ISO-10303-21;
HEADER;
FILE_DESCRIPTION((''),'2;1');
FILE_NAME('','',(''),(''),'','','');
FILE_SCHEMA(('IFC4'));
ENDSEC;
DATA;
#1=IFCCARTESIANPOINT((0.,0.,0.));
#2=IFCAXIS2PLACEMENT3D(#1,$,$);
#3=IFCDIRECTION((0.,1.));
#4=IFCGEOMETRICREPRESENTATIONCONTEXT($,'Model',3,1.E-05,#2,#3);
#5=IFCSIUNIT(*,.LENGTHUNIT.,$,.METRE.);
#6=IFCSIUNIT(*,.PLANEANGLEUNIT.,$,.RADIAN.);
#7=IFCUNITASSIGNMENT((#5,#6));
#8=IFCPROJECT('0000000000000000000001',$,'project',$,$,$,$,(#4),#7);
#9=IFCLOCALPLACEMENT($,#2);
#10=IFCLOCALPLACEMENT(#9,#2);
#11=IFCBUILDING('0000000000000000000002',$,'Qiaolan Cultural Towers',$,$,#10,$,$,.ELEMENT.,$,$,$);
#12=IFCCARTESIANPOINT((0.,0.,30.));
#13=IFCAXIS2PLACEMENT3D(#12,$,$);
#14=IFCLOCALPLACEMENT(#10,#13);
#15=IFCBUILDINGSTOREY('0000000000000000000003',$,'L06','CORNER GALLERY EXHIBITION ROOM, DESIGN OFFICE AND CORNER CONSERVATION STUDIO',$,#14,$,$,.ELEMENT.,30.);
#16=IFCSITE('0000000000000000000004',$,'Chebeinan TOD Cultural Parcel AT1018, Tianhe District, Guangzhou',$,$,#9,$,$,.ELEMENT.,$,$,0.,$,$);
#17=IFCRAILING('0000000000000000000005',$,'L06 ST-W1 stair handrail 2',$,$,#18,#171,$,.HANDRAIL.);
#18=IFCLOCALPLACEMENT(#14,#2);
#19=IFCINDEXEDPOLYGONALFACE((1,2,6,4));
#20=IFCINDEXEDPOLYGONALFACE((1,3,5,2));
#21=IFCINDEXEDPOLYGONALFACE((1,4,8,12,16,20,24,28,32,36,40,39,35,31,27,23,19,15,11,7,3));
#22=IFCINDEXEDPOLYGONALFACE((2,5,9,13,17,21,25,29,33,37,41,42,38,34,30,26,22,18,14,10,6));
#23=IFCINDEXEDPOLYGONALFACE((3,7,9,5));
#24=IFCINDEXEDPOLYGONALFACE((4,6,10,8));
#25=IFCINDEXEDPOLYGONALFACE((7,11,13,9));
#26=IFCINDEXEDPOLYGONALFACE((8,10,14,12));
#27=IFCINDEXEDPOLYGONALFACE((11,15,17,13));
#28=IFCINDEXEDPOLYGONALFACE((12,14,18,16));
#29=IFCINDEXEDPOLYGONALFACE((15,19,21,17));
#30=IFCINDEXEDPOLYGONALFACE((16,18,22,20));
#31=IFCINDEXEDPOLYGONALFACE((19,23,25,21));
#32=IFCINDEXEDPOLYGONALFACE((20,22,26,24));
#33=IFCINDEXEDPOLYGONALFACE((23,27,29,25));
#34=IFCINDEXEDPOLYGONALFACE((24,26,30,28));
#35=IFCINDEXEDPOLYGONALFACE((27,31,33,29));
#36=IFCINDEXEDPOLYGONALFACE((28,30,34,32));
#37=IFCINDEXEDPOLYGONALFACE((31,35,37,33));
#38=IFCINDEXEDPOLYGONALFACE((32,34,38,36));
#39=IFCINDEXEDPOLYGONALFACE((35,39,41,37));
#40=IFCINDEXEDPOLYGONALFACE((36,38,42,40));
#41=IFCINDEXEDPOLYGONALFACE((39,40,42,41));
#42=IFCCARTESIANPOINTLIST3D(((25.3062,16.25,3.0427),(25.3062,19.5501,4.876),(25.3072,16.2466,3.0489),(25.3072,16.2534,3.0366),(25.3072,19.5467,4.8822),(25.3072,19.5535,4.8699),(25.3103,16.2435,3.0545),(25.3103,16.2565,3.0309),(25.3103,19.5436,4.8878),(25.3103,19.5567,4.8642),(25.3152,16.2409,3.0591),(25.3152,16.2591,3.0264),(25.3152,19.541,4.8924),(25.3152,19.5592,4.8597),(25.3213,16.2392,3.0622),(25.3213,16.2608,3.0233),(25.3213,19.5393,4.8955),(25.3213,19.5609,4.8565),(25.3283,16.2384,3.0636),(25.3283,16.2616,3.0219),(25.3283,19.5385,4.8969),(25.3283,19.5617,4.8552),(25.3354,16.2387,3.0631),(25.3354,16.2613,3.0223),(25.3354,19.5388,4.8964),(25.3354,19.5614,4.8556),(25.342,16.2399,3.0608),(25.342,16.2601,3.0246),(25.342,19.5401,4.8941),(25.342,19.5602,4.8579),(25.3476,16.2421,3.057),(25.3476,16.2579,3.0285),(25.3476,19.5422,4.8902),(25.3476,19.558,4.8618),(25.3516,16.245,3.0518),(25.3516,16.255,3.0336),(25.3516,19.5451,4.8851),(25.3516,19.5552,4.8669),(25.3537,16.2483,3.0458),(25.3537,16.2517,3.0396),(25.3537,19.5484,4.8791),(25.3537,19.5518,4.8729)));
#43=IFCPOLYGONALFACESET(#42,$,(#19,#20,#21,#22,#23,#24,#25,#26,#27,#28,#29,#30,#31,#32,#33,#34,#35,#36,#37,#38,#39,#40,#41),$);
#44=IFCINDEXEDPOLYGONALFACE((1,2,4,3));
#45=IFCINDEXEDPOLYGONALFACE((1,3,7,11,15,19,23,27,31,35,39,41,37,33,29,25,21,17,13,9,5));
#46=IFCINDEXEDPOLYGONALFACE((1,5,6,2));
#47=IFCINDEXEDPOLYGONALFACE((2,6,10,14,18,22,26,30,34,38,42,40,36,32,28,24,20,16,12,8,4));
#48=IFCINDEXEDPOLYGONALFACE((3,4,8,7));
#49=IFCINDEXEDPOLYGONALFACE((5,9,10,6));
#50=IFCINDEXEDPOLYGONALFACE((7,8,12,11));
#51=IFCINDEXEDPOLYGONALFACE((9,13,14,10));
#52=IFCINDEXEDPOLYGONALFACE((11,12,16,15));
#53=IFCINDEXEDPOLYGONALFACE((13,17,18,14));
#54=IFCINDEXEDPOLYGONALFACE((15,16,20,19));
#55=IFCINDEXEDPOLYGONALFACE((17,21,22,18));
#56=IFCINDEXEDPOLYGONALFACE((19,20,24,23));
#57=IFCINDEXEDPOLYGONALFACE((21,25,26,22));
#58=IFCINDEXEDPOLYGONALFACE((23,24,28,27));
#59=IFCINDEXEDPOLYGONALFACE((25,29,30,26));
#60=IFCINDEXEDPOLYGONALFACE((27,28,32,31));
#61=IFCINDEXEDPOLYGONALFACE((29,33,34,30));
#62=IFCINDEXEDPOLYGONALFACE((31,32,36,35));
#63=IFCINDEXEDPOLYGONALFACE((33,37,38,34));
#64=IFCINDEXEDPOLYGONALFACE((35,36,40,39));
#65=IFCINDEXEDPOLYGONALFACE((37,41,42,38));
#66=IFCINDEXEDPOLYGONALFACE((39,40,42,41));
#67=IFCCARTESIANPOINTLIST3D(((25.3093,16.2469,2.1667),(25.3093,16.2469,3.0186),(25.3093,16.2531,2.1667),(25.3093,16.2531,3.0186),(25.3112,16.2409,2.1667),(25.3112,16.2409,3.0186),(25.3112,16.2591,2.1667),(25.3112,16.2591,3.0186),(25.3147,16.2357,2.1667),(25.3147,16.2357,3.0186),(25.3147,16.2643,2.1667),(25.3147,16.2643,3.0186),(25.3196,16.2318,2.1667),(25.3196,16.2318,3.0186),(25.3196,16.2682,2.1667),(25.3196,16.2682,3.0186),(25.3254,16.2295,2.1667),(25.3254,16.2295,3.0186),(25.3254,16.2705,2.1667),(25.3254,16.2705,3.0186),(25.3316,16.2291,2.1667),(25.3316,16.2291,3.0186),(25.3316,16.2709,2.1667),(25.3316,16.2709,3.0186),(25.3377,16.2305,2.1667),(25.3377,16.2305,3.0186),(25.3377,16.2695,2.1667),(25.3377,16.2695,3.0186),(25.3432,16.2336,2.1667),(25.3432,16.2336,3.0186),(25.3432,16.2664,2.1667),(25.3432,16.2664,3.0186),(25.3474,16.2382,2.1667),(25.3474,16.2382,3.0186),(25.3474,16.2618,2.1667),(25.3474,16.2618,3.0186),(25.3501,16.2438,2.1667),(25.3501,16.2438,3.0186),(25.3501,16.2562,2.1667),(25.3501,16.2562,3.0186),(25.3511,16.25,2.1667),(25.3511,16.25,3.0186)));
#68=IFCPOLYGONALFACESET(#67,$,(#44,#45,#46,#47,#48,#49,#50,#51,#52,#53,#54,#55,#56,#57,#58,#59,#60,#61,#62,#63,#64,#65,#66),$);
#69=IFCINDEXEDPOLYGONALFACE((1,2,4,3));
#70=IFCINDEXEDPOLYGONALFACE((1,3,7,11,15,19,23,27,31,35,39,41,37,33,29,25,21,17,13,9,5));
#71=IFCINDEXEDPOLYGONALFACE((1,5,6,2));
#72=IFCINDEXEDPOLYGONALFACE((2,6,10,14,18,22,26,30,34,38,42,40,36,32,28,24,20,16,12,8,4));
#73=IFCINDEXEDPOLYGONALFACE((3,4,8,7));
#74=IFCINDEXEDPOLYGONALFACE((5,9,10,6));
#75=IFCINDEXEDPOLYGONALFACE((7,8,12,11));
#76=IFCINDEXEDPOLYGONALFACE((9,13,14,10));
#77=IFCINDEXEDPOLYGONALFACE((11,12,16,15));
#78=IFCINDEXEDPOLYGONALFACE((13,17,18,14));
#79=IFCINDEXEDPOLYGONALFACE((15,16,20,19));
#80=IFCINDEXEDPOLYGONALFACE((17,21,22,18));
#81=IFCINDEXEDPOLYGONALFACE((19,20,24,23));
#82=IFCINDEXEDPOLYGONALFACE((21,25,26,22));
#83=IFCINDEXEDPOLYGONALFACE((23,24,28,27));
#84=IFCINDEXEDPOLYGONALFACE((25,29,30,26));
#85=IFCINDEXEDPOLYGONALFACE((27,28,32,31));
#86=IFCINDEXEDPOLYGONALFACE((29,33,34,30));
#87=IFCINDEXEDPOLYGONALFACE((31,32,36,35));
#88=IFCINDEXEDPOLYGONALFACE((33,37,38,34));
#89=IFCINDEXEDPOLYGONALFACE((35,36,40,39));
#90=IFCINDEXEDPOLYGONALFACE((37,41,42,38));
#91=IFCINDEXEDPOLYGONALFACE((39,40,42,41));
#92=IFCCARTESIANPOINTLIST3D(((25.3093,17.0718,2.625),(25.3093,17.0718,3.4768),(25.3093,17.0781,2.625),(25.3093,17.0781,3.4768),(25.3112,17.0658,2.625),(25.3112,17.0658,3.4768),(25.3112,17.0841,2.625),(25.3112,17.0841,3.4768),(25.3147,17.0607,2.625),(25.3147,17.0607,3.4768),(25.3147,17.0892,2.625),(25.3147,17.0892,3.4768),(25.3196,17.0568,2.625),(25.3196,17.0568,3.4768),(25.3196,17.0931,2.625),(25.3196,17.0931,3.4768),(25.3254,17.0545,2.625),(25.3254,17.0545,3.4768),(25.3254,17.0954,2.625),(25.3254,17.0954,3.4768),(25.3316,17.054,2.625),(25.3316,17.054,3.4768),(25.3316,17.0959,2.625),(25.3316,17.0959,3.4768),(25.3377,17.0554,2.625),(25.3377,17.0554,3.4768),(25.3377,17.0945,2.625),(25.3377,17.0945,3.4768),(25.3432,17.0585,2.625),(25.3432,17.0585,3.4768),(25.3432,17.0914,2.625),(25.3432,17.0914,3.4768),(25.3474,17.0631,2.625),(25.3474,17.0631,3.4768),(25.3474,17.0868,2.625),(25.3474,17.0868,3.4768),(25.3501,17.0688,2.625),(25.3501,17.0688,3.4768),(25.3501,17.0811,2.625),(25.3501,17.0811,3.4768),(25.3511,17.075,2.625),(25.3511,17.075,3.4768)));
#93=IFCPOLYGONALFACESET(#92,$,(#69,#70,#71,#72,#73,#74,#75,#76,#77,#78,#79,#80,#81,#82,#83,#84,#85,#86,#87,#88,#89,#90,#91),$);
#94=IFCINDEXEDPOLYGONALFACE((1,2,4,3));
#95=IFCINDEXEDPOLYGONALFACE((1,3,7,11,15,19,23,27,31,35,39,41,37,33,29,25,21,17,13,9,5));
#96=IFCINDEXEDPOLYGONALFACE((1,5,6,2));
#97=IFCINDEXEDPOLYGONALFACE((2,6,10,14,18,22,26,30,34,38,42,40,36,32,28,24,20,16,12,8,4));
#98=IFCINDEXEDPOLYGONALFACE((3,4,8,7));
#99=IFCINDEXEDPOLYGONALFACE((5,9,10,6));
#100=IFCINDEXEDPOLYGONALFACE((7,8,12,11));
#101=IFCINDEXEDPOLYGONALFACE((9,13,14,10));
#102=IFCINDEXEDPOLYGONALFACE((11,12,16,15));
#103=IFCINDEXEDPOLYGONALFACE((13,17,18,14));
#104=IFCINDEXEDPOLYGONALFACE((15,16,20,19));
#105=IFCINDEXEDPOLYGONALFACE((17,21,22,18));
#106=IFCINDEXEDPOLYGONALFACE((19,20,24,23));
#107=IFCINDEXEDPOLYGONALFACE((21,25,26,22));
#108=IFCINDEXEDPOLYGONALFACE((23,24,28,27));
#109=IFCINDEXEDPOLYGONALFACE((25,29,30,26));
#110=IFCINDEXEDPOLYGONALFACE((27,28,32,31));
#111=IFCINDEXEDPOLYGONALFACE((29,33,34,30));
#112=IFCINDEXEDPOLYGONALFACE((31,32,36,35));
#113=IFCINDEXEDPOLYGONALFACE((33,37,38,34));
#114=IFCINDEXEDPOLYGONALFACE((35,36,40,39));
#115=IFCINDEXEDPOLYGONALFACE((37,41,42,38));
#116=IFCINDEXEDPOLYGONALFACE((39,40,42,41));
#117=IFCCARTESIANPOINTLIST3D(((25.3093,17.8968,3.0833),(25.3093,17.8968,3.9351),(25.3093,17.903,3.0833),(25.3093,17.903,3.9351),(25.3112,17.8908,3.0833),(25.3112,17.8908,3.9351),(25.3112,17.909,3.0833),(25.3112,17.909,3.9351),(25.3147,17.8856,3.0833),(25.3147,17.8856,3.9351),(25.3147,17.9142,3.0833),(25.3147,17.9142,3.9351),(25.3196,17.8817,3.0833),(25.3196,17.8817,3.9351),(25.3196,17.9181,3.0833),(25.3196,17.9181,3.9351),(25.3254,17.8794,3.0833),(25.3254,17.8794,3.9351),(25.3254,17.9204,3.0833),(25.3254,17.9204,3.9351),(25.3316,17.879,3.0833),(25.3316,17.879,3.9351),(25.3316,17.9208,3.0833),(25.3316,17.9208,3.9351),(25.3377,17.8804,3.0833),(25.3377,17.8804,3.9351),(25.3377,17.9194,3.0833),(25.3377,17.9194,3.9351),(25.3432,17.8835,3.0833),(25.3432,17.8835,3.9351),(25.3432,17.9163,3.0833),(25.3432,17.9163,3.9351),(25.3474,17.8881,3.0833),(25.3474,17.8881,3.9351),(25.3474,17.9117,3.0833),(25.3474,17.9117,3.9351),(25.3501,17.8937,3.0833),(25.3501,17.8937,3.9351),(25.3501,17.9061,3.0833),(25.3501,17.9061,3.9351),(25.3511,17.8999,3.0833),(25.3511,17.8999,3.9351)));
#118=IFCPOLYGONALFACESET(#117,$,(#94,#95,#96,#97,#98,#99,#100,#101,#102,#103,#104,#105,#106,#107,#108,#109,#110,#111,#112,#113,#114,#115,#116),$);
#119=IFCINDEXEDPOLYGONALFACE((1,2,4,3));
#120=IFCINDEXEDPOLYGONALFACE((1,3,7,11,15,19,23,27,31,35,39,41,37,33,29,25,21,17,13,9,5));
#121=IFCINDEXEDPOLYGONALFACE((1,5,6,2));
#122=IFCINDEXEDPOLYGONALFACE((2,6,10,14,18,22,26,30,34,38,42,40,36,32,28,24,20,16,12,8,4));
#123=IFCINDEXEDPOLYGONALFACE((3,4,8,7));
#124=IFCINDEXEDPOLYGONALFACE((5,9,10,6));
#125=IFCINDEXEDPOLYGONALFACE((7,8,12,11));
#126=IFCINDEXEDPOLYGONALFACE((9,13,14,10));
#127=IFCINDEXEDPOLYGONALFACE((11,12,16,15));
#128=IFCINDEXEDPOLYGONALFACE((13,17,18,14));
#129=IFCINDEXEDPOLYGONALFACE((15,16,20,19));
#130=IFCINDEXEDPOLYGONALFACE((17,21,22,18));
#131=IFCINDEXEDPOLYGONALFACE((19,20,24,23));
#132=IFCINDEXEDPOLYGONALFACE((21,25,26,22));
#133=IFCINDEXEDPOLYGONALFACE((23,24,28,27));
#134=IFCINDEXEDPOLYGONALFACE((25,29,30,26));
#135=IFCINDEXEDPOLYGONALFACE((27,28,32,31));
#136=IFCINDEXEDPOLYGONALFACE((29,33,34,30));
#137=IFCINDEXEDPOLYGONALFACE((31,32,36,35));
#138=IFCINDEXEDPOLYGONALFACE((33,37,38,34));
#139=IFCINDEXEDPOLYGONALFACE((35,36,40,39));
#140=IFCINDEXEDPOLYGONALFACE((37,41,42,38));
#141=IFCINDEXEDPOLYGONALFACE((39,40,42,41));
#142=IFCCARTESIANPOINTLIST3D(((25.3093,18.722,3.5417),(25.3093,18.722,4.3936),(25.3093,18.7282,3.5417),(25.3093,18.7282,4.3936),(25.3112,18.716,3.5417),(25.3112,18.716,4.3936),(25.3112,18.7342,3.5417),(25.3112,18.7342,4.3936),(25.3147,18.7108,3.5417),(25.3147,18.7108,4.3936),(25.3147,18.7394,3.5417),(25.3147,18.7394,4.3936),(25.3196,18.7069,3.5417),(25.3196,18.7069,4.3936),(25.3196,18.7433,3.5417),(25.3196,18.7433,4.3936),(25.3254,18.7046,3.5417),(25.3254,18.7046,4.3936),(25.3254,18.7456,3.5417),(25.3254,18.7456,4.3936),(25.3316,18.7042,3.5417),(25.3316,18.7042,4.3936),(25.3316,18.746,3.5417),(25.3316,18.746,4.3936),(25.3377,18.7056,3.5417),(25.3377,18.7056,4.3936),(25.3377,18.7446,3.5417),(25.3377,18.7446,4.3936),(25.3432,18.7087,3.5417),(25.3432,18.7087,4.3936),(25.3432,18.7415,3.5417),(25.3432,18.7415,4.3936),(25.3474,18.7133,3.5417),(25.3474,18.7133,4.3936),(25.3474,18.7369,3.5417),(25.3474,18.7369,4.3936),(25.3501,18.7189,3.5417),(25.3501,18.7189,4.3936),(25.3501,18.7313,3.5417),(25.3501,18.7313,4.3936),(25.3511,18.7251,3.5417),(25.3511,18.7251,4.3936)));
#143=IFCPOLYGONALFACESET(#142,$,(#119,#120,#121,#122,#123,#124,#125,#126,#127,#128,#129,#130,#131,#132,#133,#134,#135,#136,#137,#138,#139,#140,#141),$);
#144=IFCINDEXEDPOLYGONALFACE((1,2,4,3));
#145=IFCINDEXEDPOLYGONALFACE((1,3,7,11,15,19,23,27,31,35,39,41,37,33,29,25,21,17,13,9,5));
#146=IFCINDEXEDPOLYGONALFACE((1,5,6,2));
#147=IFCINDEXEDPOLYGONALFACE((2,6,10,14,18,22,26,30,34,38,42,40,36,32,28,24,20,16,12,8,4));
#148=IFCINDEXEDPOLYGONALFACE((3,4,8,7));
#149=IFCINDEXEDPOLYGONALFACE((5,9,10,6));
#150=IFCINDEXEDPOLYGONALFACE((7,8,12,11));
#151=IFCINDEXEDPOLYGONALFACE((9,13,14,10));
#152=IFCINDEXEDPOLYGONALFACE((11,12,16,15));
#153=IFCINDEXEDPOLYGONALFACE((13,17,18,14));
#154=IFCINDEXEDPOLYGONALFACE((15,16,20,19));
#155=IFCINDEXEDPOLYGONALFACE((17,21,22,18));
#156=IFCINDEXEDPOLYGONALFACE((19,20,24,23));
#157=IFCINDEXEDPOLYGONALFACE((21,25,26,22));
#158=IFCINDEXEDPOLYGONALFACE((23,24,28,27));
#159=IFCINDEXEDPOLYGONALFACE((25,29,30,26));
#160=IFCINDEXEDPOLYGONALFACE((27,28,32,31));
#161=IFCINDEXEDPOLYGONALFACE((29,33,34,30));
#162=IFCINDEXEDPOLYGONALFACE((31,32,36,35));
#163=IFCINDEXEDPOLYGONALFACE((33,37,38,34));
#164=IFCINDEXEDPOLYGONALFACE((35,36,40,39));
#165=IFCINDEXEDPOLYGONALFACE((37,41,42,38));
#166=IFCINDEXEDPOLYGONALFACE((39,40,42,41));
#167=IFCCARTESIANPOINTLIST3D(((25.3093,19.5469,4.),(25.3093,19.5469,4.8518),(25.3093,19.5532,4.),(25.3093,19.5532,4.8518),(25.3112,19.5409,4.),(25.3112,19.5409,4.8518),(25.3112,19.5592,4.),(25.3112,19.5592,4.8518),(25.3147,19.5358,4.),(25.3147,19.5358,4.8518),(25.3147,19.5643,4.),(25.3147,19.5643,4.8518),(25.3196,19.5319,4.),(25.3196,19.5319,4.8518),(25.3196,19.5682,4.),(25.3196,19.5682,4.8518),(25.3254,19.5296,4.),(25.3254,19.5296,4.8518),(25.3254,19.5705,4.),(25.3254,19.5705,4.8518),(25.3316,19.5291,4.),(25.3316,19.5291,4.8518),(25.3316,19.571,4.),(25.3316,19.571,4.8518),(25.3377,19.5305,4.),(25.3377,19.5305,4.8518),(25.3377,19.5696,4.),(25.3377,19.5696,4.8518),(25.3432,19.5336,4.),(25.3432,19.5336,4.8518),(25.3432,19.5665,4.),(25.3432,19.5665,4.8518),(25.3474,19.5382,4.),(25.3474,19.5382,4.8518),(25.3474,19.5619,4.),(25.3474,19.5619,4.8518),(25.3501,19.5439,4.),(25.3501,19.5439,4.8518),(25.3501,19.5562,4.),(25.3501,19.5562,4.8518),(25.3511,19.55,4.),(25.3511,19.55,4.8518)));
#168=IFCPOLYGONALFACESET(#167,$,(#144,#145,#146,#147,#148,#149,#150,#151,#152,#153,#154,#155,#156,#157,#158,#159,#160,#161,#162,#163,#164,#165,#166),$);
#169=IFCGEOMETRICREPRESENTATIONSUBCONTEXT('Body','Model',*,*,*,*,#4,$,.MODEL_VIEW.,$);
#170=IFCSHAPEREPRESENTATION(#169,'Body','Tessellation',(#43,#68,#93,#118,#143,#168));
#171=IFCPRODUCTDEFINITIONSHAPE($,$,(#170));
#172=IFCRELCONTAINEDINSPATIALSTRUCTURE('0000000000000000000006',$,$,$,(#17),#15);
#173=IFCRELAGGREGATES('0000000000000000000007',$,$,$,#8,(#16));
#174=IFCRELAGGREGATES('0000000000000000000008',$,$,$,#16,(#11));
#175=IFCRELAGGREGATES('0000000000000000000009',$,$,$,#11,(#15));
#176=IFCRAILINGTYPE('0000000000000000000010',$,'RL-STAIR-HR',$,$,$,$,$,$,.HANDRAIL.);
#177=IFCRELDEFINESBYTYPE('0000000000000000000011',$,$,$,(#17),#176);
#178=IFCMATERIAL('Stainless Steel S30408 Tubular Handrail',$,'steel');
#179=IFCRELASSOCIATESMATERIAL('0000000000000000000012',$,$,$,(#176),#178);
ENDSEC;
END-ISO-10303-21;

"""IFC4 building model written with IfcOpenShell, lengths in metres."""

from ifc_helpers import new_model, si_unit, direction, frame, origin, origin_2d, place, context, subcontext, project, spatial, circle, extrude, material, type_object, element, save


model = new_model("IFC4")

# Units and contexts
model_context = context("Model", 3, precision=1e-05, world=origin(), true_north=direction((0.0, 1.0)))
body_context = subcontext(model_context, "Body", "Model", "MODEL_VIEW")
ifc_project = project(units=[si_unit("LENGTHUNIT", "METRE"), si_unit("PLANEANGLEUNIT", "RADIAN")], contexts=[model_context])

# Site, building, storey
site_placement = place(None, origin())
site = spatial("IfcSite", under=ifc_project, at=site_placement, Name="Chebeinan TOD Cultural Parcel AT1018, Tianhe District, Guangzhou", CompositionType="ELEMENT", RefElevation=0.0)
building_placement = place(site_placement, origin())
building = spatial("IfcBuilding", under=site, at=building_placement, Name="Qiaolan Cultural Towers", CompositionType="ELEMENT")
storey_placement = place(building_placement, frame((0.0, 0.0, 30.0)))
storey = spatial("IfcBuildingStorey", under=building, at=storey_placement, Name="L06", Description="CORNER GALLERY EXHIBITION ROOM, DESIGN OFFICE AND CORNER CONSERVATION STUDIO", CompositionType="ELEMENT", Elevation=30.0)

# Railing
ifc_material_1 = material(Name="Stainless Steel S30408 Tubular Handrail", Category="steel")
railing_type_1 = type_object("IfcRailingType", Name="RL-STAIR-HR", PredefinedType="HANDRAIL", material=ifc_material_1)
railing_1_placement = place(storey_placement, frame((25.3301, 16.25, 2.1667)))
element("IfcRailing", 1, at=railing_1_placement, inside=storey, type_object=railing_type_1, Name="L06 ST-W1 stair handrail 2", PredefinedType="HANDRAIL", context=body_context, shape_type="SweptSolid", body=[
    extrude(circle(Radius=0.0239, at=origin_2d()), frame((0.0, 0.0, 0.876), z_axis=(0.0, 0.874169, 0.485621), x_axis=(-1.0, 0.0, 0.0)), (0.0, 0.0, 1.0), 3.7751),
    extrude(circle(Radius=0.021, at=origin_2d()), origin(), (0.0, 0.0, 1.0), 0.8518),
    extrude(circle(Radius=0.021, at=origin_2d()), frame((0.0, 0.825, 0.4583)), (0.0, 0.0, 1.0), 0.8518),
    extrude(circle(Radius=0.021, at=origin_2d()), frame((0.0, 1.6499, 0.9165)), (0.0, 0.0, 1.0), 0.8518),
    extrude(circle(Radius=0.021, at=origin_2d()), frame((0.0, 2.4751, 1.375)), (0.0, 0.0, 1.0), 0.8518),
    extrude(circle(Radius=0.021, at=origin_2d()), frame((0.0, 3.3, 1.8333)), (0.0, 0.0, 1.0), 0.8518),
])

save(model, "model.ifc")
